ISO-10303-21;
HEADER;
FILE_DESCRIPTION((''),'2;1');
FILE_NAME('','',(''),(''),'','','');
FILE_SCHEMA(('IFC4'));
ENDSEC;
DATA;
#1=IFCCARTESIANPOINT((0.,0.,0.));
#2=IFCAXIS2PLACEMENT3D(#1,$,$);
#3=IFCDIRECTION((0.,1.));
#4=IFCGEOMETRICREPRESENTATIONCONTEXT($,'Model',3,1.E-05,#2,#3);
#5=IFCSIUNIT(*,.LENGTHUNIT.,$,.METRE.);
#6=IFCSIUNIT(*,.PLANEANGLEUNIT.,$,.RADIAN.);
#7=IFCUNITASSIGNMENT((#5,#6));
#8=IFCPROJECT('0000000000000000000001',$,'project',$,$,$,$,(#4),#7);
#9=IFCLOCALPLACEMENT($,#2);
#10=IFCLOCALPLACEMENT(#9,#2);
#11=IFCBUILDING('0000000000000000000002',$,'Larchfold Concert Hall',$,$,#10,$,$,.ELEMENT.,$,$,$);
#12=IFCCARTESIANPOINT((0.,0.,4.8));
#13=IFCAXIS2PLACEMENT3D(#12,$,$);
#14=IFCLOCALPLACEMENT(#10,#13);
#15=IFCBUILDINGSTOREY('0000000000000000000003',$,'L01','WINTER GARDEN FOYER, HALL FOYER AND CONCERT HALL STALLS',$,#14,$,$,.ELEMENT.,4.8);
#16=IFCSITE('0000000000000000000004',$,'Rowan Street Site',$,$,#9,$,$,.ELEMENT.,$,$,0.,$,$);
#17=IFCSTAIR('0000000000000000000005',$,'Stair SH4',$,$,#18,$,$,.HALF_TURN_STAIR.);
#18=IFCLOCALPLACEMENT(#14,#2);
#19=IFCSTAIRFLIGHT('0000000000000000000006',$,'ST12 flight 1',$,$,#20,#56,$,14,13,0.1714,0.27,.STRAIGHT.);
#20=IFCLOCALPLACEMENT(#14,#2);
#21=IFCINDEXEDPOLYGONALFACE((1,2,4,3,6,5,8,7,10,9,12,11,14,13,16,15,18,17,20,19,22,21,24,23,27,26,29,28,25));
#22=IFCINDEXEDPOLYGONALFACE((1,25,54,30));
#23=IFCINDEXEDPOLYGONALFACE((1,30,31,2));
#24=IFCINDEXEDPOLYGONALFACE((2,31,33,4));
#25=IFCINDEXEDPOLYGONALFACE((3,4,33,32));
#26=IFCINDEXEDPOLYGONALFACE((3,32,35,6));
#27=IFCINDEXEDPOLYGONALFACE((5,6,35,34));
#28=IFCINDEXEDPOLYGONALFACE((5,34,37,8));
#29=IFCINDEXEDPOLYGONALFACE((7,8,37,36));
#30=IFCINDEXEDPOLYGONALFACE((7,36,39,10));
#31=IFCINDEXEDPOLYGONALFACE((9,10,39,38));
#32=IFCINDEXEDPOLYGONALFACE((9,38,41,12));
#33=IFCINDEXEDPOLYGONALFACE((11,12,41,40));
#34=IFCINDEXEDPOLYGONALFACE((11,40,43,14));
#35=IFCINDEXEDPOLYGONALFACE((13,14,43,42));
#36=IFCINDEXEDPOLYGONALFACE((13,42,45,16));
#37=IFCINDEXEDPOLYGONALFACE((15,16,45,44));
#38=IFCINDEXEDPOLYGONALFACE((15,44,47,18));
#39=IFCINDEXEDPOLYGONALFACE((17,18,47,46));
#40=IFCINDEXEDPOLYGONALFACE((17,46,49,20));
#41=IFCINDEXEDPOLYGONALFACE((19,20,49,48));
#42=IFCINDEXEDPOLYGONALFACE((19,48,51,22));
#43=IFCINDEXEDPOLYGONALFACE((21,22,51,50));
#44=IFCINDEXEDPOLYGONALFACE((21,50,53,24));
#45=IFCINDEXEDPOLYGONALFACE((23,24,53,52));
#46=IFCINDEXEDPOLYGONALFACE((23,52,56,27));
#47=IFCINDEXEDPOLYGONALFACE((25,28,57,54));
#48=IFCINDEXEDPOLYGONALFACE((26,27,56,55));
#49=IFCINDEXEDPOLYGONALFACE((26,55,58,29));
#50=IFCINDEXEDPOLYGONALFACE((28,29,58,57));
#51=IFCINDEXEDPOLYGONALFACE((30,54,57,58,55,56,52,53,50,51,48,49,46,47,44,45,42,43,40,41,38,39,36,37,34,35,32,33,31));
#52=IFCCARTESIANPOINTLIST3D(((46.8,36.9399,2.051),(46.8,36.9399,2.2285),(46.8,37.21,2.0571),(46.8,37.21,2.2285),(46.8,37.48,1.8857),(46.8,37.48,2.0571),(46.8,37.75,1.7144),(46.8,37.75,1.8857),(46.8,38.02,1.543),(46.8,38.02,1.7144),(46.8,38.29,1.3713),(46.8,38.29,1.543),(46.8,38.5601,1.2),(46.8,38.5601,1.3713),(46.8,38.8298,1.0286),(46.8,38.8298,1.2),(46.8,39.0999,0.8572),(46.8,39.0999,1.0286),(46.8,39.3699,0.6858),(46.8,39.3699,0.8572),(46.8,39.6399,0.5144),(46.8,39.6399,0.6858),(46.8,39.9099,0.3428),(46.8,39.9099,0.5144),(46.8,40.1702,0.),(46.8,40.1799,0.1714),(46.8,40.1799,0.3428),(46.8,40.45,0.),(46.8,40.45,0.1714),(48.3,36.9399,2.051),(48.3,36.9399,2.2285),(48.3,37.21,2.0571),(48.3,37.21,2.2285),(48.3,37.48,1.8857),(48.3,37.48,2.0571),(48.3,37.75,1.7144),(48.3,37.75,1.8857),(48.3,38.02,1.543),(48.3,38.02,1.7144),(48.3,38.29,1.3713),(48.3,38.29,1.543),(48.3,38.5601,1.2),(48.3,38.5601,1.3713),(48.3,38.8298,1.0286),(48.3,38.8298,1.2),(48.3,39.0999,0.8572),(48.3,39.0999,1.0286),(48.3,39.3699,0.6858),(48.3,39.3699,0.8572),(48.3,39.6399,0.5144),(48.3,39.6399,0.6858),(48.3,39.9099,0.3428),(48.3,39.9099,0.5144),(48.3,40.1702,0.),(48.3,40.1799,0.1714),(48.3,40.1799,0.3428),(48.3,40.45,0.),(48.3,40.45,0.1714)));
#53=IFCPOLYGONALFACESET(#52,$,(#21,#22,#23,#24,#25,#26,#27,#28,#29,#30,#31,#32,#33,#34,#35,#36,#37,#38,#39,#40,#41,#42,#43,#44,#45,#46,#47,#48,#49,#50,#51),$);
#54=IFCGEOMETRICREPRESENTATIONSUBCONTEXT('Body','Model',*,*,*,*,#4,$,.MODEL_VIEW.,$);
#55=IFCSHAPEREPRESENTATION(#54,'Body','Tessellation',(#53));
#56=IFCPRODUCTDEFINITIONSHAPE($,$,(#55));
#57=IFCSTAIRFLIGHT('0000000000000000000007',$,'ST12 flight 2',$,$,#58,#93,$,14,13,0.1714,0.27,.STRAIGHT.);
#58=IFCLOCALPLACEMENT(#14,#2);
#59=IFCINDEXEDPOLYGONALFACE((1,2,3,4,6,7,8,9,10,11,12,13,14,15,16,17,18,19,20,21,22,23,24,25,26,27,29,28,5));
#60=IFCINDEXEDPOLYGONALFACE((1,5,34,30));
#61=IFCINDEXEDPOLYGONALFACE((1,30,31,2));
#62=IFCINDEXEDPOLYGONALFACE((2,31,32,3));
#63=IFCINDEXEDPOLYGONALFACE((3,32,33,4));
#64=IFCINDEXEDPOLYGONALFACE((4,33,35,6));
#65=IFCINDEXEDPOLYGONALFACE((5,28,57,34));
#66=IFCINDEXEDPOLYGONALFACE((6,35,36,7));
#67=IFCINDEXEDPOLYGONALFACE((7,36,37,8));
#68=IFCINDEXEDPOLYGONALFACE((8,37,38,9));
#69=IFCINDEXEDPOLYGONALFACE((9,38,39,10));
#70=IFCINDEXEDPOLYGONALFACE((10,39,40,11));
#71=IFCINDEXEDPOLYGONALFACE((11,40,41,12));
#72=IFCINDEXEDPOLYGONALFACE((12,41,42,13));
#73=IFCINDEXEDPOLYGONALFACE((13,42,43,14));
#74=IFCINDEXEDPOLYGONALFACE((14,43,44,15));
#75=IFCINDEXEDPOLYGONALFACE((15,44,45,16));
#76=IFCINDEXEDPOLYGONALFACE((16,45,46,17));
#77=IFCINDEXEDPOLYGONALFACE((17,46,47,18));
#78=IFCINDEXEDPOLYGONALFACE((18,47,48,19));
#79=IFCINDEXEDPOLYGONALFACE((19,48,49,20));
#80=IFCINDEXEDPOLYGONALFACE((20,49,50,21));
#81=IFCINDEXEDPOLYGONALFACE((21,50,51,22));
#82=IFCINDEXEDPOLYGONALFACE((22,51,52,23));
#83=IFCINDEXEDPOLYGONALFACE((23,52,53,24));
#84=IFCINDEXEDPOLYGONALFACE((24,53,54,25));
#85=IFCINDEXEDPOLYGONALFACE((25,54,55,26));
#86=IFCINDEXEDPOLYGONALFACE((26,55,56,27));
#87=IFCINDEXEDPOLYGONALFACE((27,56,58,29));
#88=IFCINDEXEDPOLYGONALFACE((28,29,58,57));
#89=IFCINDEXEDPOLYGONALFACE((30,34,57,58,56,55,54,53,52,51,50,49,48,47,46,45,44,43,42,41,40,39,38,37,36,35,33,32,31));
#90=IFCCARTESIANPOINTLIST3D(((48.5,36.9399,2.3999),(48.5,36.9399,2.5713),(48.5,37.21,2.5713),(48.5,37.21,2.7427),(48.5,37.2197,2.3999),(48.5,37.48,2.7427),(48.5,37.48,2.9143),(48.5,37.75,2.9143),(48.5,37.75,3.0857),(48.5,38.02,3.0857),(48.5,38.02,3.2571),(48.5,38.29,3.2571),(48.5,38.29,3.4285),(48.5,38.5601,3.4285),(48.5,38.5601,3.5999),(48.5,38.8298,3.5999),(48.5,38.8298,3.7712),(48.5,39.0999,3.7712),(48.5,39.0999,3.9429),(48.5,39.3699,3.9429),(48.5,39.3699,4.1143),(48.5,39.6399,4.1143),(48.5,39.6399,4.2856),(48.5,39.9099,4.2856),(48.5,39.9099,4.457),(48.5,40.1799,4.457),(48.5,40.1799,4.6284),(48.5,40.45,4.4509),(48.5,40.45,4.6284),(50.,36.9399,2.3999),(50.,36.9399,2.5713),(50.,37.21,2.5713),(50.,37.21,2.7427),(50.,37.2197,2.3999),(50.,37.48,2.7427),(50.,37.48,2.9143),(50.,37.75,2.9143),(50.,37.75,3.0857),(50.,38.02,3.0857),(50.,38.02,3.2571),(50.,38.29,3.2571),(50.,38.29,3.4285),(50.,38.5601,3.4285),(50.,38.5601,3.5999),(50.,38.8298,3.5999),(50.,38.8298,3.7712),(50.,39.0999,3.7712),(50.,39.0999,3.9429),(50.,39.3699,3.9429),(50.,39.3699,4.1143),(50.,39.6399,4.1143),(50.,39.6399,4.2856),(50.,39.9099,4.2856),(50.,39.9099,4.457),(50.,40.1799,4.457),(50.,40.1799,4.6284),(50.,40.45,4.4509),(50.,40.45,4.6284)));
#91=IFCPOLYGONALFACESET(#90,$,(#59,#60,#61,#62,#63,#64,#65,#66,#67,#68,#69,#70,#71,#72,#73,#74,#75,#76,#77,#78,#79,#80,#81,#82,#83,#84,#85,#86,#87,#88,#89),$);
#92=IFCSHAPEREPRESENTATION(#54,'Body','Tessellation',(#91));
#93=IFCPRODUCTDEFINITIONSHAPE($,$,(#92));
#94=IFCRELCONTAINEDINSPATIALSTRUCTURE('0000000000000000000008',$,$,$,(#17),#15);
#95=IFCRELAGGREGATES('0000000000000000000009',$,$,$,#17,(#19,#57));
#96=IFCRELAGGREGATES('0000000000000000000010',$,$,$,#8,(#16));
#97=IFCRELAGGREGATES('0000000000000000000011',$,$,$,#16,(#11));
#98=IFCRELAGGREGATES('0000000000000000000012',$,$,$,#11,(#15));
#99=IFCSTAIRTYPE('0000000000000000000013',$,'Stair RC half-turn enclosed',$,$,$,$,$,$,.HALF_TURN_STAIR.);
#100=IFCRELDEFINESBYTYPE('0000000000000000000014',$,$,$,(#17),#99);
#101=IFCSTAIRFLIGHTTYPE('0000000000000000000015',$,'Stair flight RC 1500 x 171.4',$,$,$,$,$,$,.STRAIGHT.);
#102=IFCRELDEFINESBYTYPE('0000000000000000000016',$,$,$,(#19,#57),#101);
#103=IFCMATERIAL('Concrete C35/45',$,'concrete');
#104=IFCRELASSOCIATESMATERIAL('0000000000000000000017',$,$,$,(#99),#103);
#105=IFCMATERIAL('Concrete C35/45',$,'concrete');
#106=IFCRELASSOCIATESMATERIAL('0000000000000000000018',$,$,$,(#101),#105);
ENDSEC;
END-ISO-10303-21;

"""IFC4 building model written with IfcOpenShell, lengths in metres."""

from ifc_helpers import new_model, si_unit, direction, frame, origin, place, context, subcontext, project, spatial, polyline, outline, extrude, material, type_object, element, aggregate, save


model = new_model("IFC4")

# Units and contexts
model_context = context("Model", 3, precision=1e-05, world=origin(), true_north=direction((0.0, 1.0)))
body_context = subcontext(model_context, "Body", "Model", "MODEL_VIEW")
ifc_project = project(units=[si_unit("LENGTHUNIT", "METRE"), si_unit("PLANEANGLEUNIT", "RADIAN")], contexts=[model_context])

# Site, building, storey
site_placement = place(None, origin())
site = spatial("IfcSite", under=ifc_project, at=site_placement, Name="Rowan Street Site", CompositionType="ELEMENT", RefElevation=0.0)
building_placement = place(site_placement, origin())
building = spatial("IfcBuilding", under=site, at=building_placement, Name="Larchfold Concert Hall", CompositionType="ELEMENT")
storey_placement = place(building_placement, frame((0.0, 0.0, 4.8)))
storey = spatial("IfcBuildingStorey", under=building, at=storey_placement, Name="L01", Description="WINTER GARDEN FOYER, HALL FOYER AND CONCERT HALL STALLS", CompositionType="ELEMENT", Elevation=4.8)

# Stair, stair flights
ifc_material_1 = material(Name="Concrete C35/45", Category="concrete")
stair_type = type_object("IfcStairType", Name="Stair RC half-turn enclosed", PredefinedType="HALF_TURN_STAIR", material=ifc_material_1)
stair_placement = place(storey_placement, origin())
stair = element("IfcStair", 1, at=stair_placement, inside=storey, type_object=stair_type, Name="Stair SH4", PredefinedType="HALF_TURN_STAIR")
ifc_material_2 = material(Name="Concrete C35/45", Category="concrete")
stair_flight_type = type_object("IfcStairFlightType", Name="Stair flight RC 1500 x 171.4", PredefinedType="STRAIGHT", material=ifc_material_2)
stair_flight_1_placement = place(storey_placement, frame((47.55, 40.45, 0.0), z_axis=(0.0, 0.0, 1.0), x_axis=(0.0, -1.0, 0.0)))
stair_flight_1 = element("IfcStairFlight", 2, at=stair_flight_1_placement, type_object=stair_flight_type, Name="ST12 flight 1", NumberOfRisers=14, NumberOfTreads=13, PredefinedType="STRAIGHT", RiserHeight=0.1714, TreadLength=0.27, context=body_context, shape_type="SweptSolid", body=[
    extrude(outline(polyline([(0.0, 0.0), (0.0, 0.1714), (0.27, 0.1714), (0.27, 0.3428), (0.54, 0.3428), (0.54, 0.5144), (0.8101, 0.5144), (0.8101, 0.6858), (1.0801, 0.6858), (1.0801, 0.8572), (1.3501, 0.8572), (1.3501, 1.0286), (1.6201, 1.0286), (1.6201, 1.2), (1.8899, 1.2), (1.8899, 1.3713), (2.1599, 1.3713), (2.1599, 1.543), (2.4299, 1.543), (2.4299, 1.7144), (2.7, 1.7144), (2.7, 1.8857), (2.97, 1.8857), (2.97, 2.0571), (3.24, 2.0571), (3.24, 2.2285), (3.51, 2.2285), (3.51, 2.3999), (3.51, 2.051), (0.2798, 0.0), (0.0, 0.0)])), frame((0.0, 0.75, 0.0), z_axis=(0.0, -1.0, 0.0), x_axis=(1.0, 0.0, 0.0)), (0.0, 0.0, 1.0), 1.5),
])
stair_flight_2_placement = place(storey_placement, frame((49.25, 36.9399, 2.3999), z_axis=(0.0, 0.0, 1.0), x_axis=(0.0, 1.0, 0.0)))
stair_flight_2 = element("IfcStairFlight", 3, at=stair_flight_2_placement, type_object=stair_flight_type, Name="ST12 flight 2", NumberOfRisers=14, NumberOfTreads=13, PredefinedType="STRAIGHT", RiserHeight=0.1714, TreadLength=0.27, context=body_context, shape_type="SweptSolid", body=[
    extrude(outline(polyline([(0.0, 0.0), (0.0, 0.1714), (0.27, 0.1714), (0.27, 0.3428), (0.54, 0.3428), (0.54, 0.5144), (0.8101, 0.5144), (0.8101, 0.6858), (1.0801, 0.6858), (1.0801, 0.8572), (1.3501, 0.8572), (1.3501, 1.0286), (1.6201, 1.0286), (1.6201, 1.2), (1.8899, 1.2), (1.8899, 1.3713), (2.1599, 1.3713), (2.1599, 1.543), (2.4299, 1.543), (2.4299, 1.7144), (2.7, 1.7144), (2.7, 1.8857), (2.97, 1.8857), (2.97, 2.0571), (3.24, 2.0571), (3.24, 2.2285), (3.51, 2.2285), (3.51, 2.3999), (3.51, 2.051), (0.2798, 0.0), (0.0, 0.0)])), frame((0.0, 0.75, 0.0), z_axis=(0.0, -1.0, 0.0), x_axis=(1.0, 0.0, 0.0)), (0.0, 0.0, 1.0), 1.5),
])
aggregate(stair, [stair_flight_1, stair_flight_2])

save(model, "model.ifc")
